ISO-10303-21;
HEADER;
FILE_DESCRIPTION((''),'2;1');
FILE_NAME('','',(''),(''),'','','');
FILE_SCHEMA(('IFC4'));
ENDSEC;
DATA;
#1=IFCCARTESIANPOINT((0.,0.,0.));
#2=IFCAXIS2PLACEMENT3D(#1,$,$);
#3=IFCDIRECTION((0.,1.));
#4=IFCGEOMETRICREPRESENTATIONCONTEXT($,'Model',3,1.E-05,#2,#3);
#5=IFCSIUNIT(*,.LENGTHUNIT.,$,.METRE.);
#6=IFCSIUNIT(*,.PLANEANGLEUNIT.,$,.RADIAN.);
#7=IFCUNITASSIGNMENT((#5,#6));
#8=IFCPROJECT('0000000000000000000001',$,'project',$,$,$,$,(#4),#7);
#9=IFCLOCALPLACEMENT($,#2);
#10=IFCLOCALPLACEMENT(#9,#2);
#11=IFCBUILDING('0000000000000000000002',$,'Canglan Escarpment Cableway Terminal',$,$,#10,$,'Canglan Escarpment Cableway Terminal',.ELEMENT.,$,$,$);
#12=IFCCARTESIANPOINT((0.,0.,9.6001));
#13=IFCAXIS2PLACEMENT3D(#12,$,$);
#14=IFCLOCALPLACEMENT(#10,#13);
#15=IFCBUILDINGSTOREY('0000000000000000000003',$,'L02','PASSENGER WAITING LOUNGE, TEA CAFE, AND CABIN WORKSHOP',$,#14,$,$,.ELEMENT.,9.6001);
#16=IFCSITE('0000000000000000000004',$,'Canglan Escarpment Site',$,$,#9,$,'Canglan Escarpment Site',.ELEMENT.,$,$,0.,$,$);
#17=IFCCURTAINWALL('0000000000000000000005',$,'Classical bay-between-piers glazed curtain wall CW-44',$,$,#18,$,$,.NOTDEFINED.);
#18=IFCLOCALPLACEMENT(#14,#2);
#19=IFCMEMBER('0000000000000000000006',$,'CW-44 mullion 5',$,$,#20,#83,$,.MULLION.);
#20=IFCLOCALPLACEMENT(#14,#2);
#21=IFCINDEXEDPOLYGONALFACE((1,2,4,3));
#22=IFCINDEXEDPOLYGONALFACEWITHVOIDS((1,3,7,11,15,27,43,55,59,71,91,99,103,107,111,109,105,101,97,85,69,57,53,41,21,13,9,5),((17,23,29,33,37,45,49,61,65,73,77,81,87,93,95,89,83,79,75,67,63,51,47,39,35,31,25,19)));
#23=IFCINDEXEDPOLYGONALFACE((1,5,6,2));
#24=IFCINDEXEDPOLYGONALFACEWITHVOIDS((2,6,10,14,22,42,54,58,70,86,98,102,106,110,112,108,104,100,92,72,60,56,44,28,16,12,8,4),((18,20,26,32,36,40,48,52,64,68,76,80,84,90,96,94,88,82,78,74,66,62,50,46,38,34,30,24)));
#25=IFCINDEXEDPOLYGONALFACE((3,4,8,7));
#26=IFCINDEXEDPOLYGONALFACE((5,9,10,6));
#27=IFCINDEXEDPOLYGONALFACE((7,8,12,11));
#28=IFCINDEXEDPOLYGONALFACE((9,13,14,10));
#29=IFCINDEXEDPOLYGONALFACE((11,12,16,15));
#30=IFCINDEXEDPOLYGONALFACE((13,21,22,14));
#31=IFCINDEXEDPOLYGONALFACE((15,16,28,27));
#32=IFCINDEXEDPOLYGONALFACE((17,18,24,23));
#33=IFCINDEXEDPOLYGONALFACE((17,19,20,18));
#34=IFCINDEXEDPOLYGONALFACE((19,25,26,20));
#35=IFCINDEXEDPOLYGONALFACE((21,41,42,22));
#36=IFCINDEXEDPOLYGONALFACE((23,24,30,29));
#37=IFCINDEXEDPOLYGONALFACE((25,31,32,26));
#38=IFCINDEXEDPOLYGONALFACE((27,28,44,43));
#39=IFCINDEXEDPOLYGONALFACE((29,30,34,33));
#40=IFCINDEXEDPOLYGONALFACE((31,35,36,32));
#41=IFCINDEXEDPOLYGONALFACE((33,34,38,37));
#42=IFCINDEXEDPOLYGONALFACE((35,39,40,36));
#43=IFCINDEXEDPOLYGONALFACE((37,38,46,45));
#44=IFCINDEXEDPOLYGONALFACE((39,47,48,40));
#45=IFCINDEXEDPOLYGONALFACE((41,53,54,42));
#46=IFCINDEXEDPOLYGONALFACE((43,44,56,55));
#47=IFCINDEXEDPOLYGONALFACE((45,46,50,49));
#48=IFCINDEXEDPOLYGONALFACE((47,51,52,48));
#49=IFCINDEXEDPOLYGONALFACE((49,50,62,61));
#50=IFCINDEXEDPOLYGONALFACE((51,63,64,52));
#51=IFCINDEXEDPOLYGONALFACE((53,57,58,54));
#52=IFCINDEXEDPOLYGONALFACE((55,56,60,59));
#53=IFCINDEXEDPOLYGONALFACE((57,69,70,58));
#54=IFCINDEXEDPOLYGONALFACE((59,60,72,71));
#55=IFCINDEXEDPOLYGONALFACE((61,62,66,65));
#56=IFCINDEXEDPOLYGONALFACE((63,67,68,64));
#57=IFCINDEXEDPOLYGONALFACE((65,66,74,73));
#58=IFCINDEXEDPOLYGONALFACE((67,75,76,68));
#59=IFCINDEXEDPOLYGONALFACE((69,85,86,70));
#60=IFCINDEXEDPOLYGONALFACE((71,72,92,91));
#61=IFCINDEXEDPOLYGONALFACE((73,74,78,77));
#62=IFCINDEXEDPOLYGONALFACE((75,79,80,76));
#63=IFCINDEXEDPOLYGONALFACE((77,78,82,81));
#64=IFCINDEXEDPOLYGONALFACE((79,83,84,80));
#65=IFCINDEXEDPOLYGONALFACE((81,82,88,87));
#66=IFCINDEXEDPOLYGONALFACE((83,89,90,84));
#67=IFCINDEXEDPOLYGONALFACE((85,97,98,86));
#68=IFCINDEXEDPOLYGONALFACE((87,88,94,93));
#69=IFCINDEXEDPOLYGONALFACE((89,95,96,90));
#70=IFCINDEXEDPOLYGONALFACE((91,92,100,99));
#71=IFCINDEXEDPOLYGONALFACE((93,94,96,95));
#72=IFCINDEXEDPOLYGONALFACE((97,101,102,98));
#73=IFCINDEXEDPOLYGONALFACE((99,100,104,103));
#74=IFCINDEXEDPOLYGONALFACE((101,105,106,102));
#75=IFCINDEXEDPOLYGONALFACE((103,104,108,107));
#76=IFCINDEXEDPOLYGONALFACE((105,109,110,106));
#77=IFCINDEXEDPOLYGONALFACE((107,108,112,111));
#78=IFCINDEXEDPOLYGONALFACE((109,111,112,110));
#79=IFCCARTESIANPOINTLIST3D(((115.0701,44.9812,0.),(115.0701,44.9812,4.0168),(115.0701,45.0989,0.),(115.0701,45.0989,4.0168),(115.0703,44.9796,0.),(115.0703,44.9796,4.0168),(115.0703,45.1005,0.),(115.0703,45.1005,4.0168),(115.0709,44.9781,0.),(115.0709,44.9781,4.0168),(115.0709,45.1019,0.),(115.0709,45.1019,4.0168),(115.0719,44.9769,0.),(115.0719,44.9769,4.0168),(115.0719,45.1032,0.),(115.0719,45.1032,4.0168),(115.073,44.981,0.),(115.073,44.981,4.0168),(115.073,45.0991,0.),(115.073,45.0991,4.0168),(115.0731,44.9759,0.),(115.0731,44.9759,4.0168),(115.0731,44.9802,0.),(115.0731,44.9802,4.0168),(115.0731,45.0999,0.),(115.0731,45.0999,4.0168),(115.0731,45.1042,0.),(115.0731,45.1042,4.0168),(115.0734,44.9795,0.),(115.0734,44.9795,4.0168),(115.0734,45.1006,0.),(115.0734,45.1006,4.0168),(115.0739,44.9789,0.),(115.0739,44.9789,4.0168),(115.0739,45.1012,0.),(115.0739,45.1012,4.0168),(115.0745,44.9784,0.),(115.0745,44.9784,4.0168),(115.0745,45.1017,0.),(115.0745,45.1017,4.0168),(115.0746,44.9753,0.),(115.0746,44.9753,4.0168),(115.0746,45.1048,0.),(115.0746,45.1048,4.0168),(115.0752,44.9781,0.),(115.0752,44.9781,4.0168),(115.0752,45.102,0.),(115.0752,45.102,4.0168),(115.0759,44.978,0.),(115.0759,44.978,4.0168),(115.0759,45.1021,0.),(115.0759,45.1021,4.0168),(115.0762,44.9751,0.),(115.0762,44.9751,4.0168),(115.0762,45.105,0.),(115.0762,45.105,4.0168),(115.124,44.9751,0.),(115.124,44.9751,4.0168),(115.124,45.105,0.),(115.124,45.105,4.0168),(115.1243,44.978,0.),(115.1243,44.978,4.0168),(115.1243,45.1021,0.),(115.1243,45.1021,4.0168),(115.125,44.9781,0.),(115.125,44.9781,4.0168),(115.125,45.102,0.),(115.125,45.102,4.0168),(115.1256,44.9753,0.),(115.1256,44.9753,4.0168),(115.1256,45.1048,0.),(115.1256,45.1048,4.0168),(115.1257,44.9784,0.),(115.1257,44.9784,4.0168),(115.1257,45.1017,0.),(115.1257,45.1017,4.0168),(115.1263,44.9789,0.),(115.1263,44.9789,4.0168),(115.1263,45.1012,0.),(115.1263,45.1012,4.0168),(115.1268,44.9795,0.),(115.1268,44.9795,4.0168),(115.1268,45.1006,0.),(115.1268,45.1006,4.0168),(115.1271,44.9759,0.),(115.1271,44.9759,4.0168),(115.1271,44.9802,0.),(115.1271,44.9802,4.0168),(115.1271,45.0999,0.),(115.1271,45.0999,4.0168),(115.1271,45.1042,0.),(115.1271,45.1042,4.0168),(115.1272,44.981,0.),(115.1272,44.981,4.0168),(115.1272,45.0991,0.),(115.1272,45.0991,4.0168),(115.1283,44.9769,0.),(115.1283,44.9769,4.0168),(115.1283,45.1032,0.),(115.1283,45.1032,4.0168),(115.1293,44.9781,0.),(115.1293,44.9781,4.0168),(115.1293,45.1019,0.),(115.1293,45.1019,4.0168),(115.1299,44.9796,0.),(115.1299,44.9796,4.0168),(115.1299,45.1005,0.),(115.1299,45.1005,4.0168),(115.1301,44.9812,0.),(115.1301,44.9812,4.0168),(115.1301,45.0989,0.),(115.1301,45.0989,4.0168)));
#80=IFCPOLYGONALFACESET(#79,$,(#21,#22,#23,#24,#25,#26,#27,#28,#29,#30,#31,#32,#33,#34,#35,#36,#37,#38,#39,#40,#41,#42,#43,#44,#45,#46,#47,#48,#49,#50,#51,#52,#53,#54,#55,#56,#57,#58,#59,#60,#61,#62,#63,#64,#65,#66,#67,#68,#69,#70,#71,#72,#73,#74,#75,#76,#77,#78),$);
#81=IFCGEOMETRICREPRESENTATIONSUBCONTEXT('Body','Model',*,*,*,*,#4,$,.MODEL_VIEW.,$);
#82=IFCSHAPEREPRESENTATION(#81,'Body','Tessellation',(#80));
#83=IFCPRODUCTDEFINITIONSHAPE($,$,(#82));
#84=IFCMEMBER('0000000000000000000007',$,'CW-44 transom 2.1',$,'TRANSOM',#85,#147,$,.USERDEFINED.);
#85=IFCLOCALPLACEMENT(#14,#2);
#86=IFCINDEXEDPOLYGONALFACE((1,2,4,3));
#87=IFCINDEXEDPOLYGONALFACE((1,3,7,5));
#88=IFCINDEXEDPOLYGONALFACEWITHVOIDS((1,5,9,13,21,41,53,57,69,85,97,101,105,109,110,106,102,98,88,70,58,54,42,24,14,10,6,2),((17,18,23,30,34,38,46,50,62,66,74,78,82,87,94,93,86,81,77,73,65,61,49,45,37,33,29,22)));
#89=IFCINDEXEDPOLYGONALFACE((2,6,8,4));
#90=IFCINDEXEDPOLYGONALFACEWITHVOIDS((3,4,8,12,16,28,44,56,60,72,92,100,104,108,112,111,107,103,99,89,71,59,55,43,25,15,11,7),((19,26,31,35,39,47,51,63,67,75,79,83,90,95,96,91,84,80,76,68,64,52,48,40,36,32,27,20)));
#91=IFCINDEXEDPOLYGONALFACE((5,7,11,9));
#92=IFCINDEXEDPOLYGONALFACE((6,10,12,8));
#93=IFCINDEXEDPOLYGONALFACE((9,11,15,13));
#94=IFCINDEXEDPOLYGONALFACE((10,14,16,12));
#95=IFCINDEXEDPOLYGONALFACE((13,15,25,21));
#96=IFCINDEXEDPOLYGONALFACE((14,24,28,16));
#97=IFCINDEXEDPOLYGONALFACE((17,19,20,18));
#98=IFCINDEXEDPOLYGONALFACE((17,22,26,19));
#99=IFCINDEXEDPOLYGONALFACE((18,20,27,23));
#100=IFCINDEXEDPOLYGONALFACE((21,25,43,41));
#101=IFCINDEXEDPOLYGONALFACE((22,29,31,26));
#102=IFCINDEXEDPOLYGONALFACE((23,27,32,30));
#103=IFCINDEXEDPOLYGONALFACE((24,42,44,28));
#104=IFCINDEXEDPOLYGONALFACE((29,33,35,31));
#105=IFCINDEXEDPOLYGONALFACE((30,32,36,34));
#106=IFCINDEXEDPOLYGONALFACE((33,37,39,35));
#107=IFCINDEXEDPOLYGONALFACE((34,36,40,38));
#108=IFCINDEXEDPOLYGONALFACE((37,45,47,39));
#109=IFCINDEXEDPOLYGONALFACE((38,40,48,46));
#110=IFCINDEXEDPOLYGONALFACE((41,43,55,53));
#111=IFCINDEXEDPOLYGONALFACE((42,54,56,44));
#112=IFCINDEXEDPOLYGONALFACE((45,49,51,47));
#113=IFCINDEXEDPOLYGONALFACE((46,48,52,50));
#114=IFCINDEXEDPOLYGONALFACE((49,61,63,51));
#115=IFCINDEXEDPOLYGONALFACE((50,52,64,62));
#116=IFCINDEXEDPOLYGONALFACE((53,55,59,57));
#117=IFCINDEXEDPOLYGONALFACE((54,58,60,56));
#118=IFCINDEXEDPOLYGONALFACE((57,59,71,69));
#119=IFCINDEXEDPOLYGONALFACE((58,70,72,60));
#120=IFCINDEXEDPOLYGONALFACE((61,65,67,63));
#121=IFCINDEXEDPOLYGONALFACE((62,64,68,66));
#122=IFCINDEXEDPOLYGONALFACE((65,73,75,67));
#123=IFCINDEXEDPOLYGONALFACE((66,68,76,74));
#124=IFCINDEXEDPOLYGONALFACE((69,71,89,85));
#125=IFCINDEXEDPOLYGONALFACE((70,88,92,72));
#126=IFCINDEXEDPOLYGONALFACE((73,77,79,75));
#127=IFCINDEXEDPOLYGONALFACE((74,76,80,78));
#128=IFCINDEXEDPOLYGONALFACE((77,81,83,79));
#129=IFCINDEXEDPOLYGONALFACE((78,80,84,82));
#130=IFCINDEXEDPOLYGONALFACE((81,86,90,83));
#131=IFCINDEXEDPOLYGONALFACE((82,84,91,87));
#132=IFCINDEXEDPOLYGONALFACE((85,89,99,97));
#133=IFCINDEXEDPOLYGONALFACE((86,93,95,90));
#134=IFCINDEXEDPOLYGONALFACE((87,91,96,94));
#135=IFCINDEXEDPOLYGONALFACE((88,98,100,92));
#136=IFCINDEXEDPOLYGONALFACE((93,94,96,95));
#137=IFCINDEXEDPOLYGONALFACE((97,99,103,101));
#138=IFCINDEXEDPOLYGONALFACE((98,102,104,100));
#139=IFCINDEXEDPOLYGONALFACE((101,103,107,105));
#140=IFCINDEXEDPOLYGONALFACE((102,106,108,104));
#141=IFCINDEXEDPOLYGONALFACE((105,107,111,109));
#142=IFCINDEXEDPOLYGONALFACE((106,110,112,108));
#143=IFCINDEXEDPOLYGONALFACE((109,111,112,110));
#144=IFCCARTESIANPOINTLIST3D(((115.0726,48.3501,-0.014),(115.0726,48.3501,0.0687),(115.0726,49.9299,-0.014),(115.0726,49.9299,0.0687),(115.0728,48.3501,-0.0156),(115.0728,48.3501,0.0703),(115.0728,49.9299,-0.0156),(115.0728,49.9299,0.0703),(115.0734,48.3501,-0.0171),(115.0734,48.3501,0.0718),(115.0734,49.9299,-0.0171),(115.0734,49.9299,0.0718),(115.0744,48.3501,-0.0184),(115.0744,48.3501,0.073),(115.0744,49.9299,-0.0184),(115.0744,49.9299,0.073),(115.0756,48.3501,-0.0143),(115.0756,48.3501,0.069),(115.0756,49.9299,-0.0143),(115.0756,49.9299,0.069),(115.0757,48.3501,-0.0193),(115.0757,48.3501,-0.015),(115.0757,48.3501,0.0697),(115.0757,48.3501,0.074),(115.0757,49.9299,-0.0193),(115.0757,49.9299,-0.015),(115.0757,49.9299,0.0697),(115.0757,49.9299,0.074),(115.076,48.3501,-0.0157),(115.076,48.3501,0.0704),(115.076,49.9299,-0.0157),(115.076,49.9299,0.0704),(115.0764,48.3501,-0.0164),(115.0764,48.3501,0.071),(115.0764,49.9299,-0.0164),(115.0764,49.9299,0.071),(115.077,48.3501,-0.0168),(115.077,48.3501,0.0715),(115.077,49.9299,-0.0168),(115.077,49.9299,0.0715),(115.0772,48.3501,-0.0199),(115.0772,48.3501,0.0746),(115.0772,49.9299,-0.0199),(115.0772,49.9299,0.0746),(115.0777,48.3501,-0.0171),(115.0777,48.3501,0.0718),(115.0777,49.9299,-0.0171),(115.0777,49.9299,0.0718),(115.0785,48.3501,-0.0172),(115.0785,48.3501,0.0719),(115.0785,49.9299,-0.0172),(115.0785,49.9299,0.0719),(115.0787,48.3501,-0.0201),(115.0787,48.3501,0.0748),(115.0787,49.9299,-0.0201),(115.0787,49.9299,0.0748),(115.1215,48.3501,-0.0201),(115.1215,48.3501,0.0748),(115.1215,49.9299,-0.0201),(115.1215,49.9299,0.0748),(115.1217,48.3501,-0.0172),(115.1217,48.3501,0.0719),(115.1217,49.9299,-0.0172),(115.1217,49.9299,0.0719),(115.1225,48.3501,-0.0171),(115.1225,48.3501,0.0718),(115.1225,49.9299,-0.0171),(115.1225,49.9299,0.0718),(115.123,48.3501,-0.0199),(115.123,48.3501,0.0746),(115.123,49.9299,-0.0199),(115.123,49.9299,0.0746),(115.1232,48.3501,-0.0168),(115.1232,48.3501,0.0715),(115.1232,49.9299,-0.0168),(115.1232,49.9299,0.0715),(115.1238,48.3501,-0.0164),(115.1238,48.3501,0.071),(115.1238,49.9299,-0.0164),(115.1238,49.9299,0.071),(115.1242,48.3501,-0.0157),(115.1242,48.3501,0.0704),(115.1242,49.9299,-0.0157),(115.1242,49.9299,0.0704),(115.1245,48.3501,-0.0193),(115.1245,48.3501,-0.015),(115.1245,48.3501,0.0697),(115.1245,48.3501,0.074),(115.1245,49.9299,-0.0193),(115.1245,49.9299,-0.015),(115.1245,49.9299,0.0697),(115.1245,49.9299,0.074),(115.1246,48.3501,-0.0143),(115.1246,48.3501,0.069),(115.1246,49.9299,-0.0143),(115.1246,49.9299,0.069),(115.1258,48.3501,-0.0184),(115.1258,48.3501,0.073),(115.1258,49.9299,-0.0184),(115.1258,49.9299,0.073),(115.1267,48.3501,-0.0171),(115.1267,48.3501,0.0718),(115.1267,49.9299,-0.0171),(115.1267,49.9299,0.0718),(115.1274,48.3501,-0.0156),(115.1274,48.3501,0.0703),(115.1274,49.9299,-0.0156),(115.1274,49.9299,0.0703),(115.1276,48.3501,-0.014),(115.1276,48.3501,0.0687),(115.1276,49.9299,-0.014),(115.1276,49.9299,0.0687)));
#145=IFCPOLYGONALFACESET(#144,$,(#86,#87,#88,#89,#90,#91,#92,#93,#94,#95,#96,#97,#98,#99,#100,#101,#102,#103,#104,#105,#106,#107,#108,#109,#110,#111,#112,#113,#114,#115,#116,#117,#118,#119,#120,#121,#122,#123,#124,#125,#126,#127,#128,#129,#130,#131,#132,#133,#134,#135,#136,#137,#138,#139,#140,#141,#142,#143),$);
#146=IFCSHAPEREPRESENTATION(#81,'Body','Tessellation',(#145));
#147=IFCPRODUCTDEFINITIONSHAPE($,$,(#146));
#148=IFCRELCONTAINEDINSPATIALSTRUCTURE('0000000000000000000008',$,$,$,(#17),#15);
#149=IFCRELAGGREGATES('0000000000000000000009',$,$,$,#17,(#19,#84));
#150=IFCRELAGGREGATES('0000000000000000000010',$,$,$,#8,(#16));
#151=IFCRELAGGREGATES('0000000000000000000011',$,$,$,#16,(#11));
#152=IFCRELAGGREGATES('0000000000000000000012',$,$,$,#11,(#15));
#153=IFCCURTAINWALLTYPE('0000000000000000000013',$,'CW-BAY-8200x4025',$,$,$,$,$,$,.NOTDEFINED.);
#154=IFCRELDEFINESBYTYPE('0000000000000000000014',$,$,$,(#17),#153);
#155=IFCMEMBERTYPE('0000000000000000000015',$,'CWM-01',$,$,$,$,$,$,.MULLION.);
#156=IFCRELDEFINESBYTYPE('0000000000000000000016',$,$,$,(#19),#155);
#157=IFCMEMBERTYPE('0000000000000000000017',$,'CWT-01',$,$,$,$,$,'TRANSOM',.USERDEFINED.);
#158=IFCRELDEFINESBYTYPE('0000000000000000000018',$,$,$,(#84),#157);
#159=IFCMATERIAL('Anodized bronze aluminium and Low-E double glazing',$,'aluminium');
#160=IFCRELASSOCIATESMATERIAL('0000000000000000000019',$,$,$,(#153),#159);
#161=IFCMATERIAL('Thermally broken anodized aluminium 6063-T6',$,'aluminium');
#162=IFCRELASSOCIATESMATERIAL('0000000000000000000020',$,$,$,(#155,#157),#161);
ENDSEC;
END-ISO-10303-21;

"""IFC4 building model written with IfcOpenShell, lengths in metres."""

from ifc_helpers import new_model, si_unit, direction, frame, origin, origin_2d, place, context, subcontext, project, spatial, hollow_rectangle, extrude, material, material_profile, profile_set, type_object, element, aggregate, save


model = new_model("IFC4")

# Units and contexts
model_context = context("Model", 3, precision=1e-05, world=origin(), true_north=direction((0.0, 1.0)))
body_context = subcontext(model_context, "Body", "Model", "MODEL_VIEW")
ifc_project = project(units=[si_unit("LENGTHUNIT", "METRE"), si_unit("PLANEANGLEUNIT", "RADIAN")], contexts=[model_context])

# Site, building, storey
site_placement = place(None, origin())
site = spatial("IfcSite", under=ifc_project, at=site_placement, Name="Canglan Escarpment Site", LongName="Canglan Escarpment Site", CompositionType="ELEMENT", RefElevation=0.0)
building_placement = place(site_placement, origin())
building = spatial("IfcBuilding", under=site, at=building_placement, Name="Canglan Escarpment Cableway Terminal", LongName="Canglan Escarpment Cableway Terminal", CompositionType="ELEMENT")
storey_placement = place(building_placement, frame((0.0, 0.0, 9.6001)))
storey = spatial("IfcBuildingStorey", under=building, at=storey_placement, Name="L02", Description="PASSENGER WAITING LOUNGE, TEA CAFE, AND CABIN WORKSHOP", CompositionType="ELEMENT", Elevation=9.6001)

# Curtain wall, members
ifc_material_1 = material(Name="Anodized bronze aluminium and Low-E double glazing", Category="aluminium")
curtain_wall_type = type_object("IfcCurtainWallType", Name="CW-BAY-8200x4025", PredefinedType="NOTDEFINED", material=ifc_material_1)
curtain_wall_placement = place(storey_placement, origin())
curtain_wall = element("IfcCurtainWall", 1, at=curtain_wall_placement, inside=storey, type_object=curtain_wall_type, Name="Classical bay-between-piers glazed curtain wall CW-44", PredefinedType="NOTDEFINED")
ifc_material_2 = material(Name="Thermally broken anodized aluminium 6063-T6", Category="aluminium")
ifc_material_profile_1 = material_profile(ifc_material_2, hollow_rectangle(XDim=0.0601, YDim=0.1299, WallThickness=0.0029, InnerFilletRadius=0.0029, OuterFilletRadius=0.0061, at=origin_2d()), Name="ALU-MULL 60x130x3")
ifc_profile_set_1 = profile_set([ifc_material_profile_1], Name="Thermally broken anodized aluminium 6063-T6")
member_type_1 = type_object("IfcMemberType", Name="CWM-01", PredefinedType="MULLION", material=ifc_profile_set_1)
member_1_placement = place(storey_placement, frame((115.1001, 45.04, 0.0), z_axis=(0.0, 0.0, 1.0), x_axis=(1.0, 0.0, 0.0)))
member_1 = element("IfcMember", 2, at=member_1_placement, type_object=member_type_1, Name="CW-44 mullion 5", PredefinedType="MULLION", context=body_context, shape_type="SweptSolid", body=[
    extrude(hollow_rectangle(XDim=0.0601, YDim=0.1299, WallThickness=0.0029, InnerFilletRadius=0.0029, OuterFilletRadius=0.0061, at=origin_2d()), origin(), (0.0, 0.0, 1.0), 4.0168),
])
ifc_material_profile_2 = material_profile(ifc_material_2, hollow_rectangle(XDim=0.0549, YDim=0.095, WallThickness=0.0029, InnerFilletRadius=0.0029, OuterFilletRadius=0.0061, at=origin_2d()), Name="ALU-TRAN 55x95x3")
ifc_profile_set_2 = profile_set([ifc_material_profile_2], Name="Thermally broken anodized aluminium 6063-T6")
member_type_2 = type_object("IfcMemberType", Name="CWT-01", ElementType="TRANSOM", PredefinedType="USERDEFINED", material=ifc_profile_set_2)
member_2_placement = place(storey_placement, frame((115.1001, 49.9299, 0.0273), z_axis=(0.0, -1.0, 0.0), x_axis=(1.0, 0.0, 0.0)))
member_2 = element("IfcMember", 3, at=member_2_placement, type_object=member_type_2, Name="CW-44 transom 2.1", ObjectType="TRANSOM", PredefinedType="USERDEFINED", context=body_context, shape_type="SweptSolid", body=[
    extrude(hollow_rectangle(XDim=0.0549, YDim=0.095, WallThickness=0.0029, InnerFilletRadius=0.0029, OuterFilletRadius=0.0061, at=origin_2d()), origin(), (0.0, 0.0, 1.0), 1.5798),
])
aggregate(curtain_wall, [member_1, member_2])

save(model, "model.ifc")
